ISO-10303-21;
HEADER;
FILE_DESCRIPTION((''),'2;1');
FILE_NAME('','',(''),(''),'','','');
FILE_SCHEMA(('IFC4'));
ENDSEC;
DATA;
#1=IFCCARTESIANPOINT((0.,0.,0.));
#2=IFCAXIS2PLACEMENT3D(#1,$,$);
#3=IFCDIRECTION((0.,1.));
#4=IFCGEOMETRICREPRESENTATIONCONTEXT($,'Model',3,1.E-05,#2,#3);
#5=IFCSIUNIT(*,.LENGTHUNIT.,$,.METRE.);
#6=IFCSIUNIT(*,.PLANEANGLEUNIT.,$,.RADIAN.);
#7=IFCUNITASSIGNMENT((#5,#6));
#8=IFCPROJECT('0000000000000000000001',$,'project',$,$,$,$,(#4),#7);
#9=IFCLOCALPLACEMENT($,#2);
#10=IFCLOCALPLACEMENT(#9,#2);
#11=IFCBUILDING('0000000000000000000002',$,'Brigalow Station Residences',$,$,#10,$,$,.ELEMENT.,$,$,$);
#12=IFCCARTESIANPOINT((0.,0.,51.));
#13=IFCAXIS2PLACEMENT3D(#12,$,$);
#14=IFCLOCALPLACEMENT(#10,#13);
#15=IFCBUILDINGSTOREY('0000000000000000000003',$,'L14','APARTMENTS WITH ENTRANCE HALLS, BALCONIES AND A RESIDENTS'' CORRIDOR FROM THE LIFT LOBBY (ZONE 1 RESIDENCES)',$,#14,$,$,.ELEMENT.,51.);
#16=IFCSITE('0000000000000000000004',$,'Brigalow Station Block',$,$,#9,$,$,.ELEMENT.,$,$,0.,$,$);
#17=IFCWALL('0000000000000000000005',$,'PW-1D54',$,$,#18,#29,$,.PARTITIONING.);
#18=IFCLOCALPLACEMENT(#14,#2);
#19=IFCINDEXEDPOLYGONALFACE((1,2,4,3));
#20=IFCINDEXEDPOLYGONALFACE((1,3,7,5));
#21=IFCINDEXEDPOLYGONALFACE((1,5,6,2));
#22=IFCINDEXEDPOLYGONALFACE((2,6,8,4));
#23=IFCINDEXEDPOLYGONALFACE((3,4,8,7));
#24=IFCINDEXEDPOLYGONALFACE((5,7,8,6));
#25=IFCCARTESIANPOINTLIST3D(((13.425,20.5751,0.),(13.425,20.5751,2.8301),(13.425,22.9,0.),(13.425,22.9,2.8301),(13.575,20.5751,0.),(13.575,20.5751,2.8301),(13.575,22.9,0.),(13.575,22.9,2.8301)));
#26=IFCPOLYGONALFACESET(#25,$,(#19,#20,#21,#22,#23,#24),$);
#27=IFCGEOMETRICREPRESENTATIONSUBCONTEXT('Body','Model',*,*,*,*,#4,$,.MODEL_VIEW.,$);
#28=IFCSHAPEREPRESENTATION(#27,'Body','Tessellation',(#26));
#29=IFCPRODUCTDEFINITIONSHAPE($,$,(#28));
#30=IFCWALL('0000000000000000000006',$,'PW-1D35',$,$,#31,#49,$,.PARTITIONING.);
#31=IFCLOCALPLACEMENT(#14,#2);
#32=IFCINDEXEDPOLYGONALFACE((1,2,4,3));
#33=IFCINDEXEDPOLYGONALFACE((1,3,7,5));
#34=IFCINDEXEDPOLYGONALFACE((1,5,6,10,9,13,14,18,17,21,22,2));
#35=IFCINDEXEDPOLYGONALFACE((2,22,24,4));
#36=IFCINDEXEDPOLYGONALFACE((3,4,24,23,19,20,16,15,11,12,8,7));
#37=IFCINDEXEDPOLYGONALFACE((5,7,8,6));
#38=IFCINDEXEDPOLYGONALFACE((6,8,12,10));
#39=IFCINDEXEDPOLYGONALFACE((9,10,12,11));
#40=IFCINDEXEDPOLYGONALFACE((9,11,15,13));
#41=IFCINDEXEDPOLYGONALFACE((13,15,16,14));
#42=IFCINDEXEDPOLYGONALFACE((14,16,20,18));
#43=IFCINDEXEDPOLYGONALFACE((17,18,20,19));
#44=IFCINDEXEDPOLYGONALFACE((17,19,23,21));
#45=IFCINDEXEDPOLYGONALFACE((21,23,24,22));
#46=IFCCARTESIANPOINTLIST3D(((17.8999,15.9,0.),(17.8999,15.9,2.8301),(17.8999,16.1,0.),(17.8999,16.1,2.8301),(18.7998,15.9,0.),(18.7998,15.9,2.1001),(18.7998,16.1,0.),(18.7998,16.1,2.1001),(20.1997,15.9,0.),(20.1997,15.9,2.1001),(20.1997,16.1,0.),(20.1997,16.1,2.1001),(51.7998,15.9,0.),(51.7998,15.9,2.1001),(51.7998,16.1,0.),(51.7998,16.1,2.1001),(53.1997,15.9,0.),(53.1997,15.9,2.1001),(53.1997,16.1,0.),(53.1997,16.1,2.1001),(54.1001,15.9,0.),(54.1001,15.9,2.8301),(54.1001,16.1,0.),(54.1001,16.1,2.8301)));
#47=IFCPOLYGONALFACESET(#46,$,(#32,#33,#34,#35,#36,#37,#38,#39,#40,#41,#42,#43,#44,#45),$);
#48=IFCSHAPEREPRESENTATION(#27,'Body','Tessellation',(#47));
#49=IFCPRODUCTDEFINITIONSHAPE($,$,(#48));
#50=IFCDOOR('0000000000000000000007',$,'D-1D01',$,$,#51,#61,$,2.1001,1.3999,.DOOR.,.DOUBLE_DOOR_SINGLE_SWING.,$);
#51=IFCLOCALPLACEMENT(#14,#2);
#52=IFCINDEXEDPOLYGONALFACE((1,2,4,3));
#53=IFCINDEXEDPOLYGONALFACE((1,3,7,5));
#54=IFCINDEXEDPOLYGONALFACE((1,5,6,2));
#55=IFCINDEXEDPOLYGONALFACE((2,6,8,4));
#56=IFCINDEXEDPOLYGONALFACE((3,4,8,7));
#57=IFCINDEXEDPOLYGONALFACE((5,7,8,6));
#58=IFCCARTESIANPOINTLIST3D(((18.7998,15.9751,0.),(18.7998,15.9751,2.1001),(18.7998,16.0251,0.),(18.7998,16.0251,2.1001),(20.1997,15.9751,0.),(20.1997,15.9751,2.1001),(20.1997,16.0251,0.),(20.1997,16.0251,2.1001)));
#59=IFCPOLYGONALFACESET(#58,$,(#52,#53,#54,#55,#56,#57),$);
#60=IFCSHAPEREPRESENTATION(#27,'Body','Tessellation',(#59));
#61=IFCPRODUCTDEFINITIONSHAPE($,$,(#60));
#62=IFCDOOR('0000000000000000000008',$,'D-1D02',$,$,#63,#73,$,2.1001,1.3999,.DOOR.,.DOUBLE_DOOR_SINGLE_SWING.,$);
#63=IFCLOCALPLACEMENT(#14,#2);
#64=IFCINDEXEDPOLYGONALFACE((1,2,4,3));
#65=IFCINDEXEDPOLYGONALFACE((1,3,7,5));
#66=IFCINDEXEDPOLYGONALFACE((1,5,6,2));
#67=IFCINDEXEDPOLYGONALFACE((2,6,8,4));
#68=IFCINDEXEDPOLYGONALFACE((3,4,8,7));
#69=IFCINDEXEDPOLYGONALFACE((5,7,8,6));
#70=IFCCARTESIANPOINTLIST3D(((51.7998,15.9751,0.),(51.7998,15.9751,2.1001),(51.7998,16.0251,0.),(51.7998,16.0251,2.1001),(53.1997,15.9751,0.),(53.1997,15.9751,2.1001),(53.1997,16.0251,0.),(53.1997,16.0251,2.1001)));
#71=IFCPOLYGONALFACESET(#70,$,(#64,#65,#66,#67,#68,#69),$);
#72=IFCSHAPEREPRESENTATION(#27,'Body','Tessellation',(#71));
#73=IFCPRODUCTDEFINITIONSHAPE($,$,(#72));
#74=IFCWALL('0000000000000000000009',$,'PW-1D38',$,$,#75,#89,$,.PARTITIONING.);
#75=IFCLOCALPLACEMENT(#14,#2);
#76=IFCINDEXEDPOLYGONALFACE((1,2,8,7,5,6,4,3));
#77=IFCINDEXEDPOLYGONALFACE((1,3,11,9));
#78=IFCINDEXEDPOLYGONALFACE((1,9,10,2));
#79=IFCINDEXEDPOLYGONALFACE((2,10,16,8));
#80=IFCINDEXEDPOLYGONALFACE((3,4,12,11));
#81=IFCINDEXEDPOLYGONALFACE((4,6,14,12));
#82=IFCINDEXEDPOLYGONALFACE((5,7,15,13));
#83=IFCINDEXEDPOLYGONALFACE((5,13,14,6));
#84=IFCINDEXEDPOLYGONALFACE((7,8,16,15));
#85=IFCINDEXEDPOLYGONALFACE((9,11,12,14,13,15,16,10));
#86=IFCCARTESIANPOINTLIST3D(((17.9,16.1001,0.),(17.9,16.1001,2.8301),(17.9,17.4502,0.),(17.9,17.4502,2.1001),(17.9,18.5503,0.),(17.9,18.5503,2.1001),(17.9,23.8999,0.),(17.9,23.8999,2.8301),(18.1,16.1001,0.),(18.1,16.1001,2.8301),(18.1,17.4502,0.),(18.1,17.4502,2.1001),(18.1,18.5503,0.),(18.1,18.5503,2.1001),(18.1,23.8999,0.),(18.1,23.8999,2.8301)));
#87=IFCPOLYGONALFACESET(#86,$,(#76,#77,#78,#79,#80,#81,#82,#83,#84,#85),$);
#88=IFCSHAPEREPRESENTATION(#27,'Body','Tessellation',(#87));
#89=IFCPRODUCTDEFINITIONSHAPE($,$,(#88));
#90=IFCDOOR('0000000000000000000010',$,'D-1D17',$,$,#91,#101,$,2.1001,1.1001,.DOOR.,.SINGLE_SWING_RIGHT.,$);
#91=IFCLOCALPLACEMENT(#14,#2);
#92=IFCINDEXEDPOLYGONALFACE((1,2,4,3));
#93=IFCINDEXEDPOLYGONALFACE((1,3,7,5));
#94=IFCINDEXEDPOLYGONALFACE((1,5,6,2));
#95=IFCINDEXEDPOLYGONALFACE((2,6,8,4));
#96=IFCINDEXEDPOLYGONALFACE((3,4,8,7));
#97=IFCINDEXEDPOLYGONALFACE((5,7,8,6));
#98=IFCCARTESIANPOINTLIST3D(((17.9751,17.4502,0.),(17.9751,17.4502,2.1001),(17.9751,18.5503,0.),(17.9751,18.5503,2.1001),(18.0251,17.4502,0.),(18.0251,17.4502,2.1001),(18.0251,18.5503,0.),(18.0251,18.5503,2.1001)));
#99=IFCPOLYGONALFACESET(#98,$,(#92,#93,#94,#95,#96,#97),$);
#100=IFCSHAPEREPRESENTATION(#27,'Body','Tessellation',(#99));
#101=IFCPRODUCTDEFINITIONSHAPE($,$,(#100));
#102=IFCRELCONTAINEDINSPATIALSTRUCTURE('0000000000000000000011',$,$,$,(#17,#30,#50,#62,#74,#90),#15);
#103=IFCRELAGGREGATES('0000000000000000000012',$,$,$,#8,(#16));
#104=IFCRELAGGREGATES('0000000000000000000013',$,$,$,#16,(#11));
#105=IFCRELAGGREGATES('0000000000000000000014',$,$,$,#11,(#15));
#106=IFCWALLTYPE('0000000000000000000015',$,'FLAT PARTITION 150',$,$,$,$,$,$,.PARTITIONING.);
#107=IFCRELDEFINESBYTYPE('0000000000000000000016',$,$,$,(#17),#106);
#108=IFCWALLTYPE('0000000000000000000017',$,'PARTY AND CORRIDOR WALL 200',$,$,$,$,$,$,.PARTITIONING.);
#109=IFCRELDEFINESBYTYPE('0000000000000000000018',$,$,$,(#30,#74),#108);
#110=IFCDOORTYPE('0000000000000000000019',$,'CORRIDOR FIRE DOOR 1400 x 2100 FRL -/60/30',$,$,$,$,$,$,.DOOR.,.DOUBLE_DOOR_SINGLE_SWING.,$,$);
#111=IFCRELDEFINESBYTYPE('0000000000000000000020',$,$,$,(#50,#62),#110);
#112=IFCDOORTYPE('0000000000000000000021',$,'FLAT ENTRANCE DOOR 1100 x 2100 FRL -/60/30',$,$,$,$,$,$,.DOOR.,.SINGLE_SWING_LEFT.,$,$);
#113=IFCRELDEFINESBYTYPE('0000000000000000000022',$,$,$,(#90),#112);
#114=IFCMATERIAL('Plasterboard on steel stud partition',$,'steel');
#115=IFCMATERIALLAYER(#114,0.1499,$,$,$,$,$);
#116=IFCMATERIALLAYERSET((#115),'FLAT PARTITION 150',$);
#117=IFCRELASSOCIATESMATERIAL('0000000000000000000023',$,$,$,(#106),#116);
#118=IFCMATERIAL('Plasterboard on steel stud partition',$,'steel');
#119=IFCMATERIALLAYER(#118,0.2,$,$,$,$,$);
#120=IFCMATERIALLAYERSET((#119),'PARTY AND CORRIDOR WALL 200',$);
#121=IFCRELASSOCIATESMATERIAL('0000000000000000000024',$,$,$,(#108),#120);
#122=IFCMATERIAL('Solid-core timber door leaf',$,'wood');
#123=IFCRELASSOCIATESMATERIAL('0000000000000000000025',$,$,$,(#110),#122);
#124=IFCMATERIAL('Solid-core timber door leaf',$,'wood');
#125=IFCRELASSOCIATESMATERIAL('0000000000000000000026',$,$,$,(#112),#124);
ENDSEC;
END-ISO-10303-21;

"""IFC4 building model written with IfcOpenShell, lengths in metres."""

from ifc_helpers import new_model, si_unit, direction, frame, frame_2d, origin, place, context, subcontext, project, spatial, rectangle, extrude, material, layer, layer_set, type_object, element, fill, save


model = new_model("IFC4")

# Units and contexts
model_context = context("Model", 3, precision=1e-05, world=origin(), true_north=direction((0.0, 1.0)))
body_context = subcontext(model_context, "Body", "Model", "MODEL_VIEW")
ifc_project = project(units=[si_unit("LENGTHUNIT", "METRE"), si_unit("PLANEANGLEUNIT", "RADIAN")], contexts=[model_context])

# Site, building, storey
site_placement = place(None, origin())
site = spatial("IfcSite", under=ifc_project, at=site_placement, Name="Brigalow Station Block", CompositionType="ELEMENT", RefElevation=0.0)
building_placement = place(site_placement, origin())
building = spatial("IfcBuilding", under=site, at=building_placement, Name="Brigalow Station Residences", CompositionType="ELEMENT")
storey_placement = place(building_placement, frame((0.0, 0.0, 51.0)))
storey = spatial("IfcBuildingStorey", under=building, at=storey_placement, Name="L14", Description="APARTMENTS WITH ENTRANCE HALLS, BALCONIES AND A RESIDENTS' CORRIDOR FROM THE LIFT LOBBY (ZONE 1 RESIDENCES)", CompositionType="ELEMENT", Elevation=51.0)

# Shared definitions
ifc_material_1 = material(Name="Plasterboard on steel stud partition", Category="steel")
ifc_layer_1 = layer(ifc_material_1, 0.1499)
ifc_layer_set_1 = layer_set([ifc_layer_1], Name="FLAT PARTITION 150")
wall_type_1 = type_object("IfcWallType", Name="FLAT PARTITION 150", PredefinedType="PARTITIONING", material=ifc_layer_set_1)

# Wall
wall_1_placement = place(storey_placement, frame((13.5, 20.575, 0.0), z_axis=(0.0, 0.0, 1.0), x_axis=(0.0, 1.0, 0.0)))
element("IfcWall", 1, at=wall_1_placement, inside=storey, type_object=wall_type_1, Name="PW-1D54", PredefinedType="PARTITIONING", context=body_context, shape_type="SweptSolid", body=[
    extrude(rectangle(XDim=2.325, YDim=0.1499, at=frame_2d((1.1626, 0.0))), origin(), (0.0, 0.0, 1.0), 2.8301),
])

# Wall, openings, doors
ifc_material_2 = material(Name="Plasterboard on steel stud partition", Category="steel")
ifc_layer_2 = layer(ifc_material_2, 0.2)
ifc_layer_set_2 = layer_set([ifc_layer_2], Name="PARTY AND CORRIDOR WALL 200")
wall_type_2 = type_object("IfcWallType", Name="PARTY AND CORRIDOR WALL 200", PredefinedType="PARTITIONING", material=ifc_layer_set_2)
wall_2_placement = place(storey_placement, frame((17.8999, 16.0, 0.0), z_axis=(0.0, 0.0, 1.0), x_axis=(1.0, 0.0, 0.0)))
wall_2 = element("IfcWall", 2, at=wall_2_placement, inside=storey, type_object=wall_type_2, Name="PW-1D35", PredefinedType="PARTITIONING", context=body_context, shape_type="SweptSolid", body=[
    extrude(rectangle(XDim=36.2002, YDim=0.2, at=frame_2d((18.1001, 0.0))), origin(), (0.0, 0.0, 1.0), 2.8301),
])
opening_1_placement = place(wall_2_placement, frame((0.8999, 0.0, 0.0)))
opening_1 = element("IfcOpeningElement", 3, at=opening_1_placement, cuts=wall_2, PredefinedType="OPENING", context=body_context, shape_type="SweptSolid", body=[
    extrude(rectangle(XDim=1.3999, YDim=2.1001, at=frame_2d((0.7, 1.05))), frame((0.0, 0.1099, 0.0), z_axis=(0.0, -1.0, 0.0), x_axis=(1.0, 0.0, 0.0)), (0.0, 0.0, 1.0), 0.22),
])
opening_2_placement = place(wall_2_placement, frame((33.8999, 0.0, 0.0)))
opening_2 = element("IfcOpeningElement", 4, at=opening_2_placement, cuts=wall_2, PredefinedType="OPENING", context=body_context, shape_type="SweptSolid", body=[
    extrude(rectangle(XDim=1.3999, YDim=2.1001, at=frame_2d((0.7, 1.05))), frame((0.0, 0.1099, 0.0), z_axis=(0.0, -1.0, 0.0), x_axis=(1.0, 0.0, 0.0)), (0.0, 0.0, 1.0), 0.22),
])
ifc_material_3 = material(Name="Solid-core timber door leaf", Category="wood")
door_type_1 = type_object("IfcDoorType", Name="CORRIDOR FIRE DOOR 1400 x 2100 FRL -/60/30", OperationType="DOUBLE_DOOR_SINGLE_SWING", PredefinedType="DOOR", material=ifc_material_3)
door_1_placement = place(opening_1_placement, frame((1.3999, 0.0, 0.0), z_axis=(0.0, 0.0, 1.0), x_axis=(-1.0, 0.0, 0.0)))
door_1 = element("IfcDoor", 5, at=door_1_placement, inside=storey, type_object=door_type_1, Name="D-1D01", OperationType="DOUBLE_DOOR_SINGLE_SWING", OverallHeight=2.1001, OverallWidth=1.3999, PredefinedType="DOOR", context=body_context, shape_type="SweptSolid", body=[
    extrude(rectangle(XDim=1.3999, YDim=2.1001, at=frame_2d((0.7, 1.05))), frame((0.0, 0.0249, 0.0), z_axis=(0.0, -1.0, 0.0), x_axis=(1.0, 0.0, 0.0)), (0.0, 0.0, 1.0), 0.05),
])
fill(opening_1, door_1)
door_2_placement = place(opening_2_placement, frame((1.3999, 0.0, 0.0), z_axis=(0.0, 0.0, 1.0), x_axis=(-1.0, 0.0, 0.0)))
door_2 = element("IfcDoor", 6, at=door_2_placement, inside=storey, type_object=door_type_1, Name="D-1D02", OperationType="DOUBLE_DOOR_SINGLE_SWING", OverallHeight=2.1001, OverallWidth=1.3999, PredefinedType="DOOR", context=body_context, shape_type="SweptSolid", body=[
    extrude(rectangle(XDim=1.3999, YDim=2.1001, at=frame_2d((0.7, 1.05))), frame((0.0, 0.0249, 0.0), z_axis=(0.0, -1.0, 0.0), x_axis=(1.0, 0.0, 0.0)), (0.0, 0.0, 1.0), 0.05),
])
fill(opening_2, door_2)

# Wall, opening, door
wall_3_placement = place(storey_placement, frame((18.0, 16.1001, 0.0), z_axis=(0.0, 0.0, 1.0), x_axis=(0.0, 1.0, 0.0)))
wall_3 = element("IfcWall", 7, at=wall_3_placement, inside=storey, type_object=wall_type_2, Name="PW-1D38", PredefinedType="PARTITIONING", context=body_context, shape_type="SweptSolid", body=[
    extrude(rectangle(XDim=7.7998, YDim=0.2, at=frame_2d((3.8999, 0.0))), origin(), (0.0, 0.0, 1.0), 2.8301),
])
opening_3_placement = place(wall_3_placement, frame((1.3501, 0.0, 0.0)))
opening_3 = element("IfcOpeningElement", 8, at=opening_3_placement, cuts=wall_3, PredefinedType="OPENING", context=body_context, shape_type="SweptSolid", body=[
    extrude(rectangle(XDim=1.1001, YDim=2.1001, at=frame_2d((0.55, 1.05))), frame((0.0, 0.1099, 0.0), z_axis=(0.0, -1.0, 0.0), x_axis=(1.0, 0.0, 0.0)), (0.0, 0.0, 1.0), 0.22),
])
ifc_material_4 = material(Name="Solid-core timber door leaf", Category="wood")
door_type_2 = type_object("IfcDoorType", Name="FLAT ENTRANCE DOOR 1100 x 2100 FRL -/60/30", OperationType="SINGLE_SWING_LEFT", PredefinedType="DOOR", material=ifc_material_4)
door_3_placement = place(opening_3_placement, origin())
door_3 = element("IfcDoor", 9, at=door_3_placement, inside=storey, type_object=door_type_2, Name="D-1D17", OperationType="SINGLE_SWING_RIGHT", OverallHeight=2.1001, OverallWidth=1.1001, PredefinedType="DOOR", context=body_context, shape_type="SweptSolid", body=[
    extrude(rectangle(XDim=1.1001, YDim=2.1001, at=frame_2d((0.55, 1.05))), frame((0.0, 0.0249, 0.0), z_axis=(0.0, -1.0, 0.0), x_axis=(1.0, 0.0, 0.0)), (0.0, 0.0, 1.0), 0.05),
])
fill(opening_3, door_3)

save(model, "model.ifc")
